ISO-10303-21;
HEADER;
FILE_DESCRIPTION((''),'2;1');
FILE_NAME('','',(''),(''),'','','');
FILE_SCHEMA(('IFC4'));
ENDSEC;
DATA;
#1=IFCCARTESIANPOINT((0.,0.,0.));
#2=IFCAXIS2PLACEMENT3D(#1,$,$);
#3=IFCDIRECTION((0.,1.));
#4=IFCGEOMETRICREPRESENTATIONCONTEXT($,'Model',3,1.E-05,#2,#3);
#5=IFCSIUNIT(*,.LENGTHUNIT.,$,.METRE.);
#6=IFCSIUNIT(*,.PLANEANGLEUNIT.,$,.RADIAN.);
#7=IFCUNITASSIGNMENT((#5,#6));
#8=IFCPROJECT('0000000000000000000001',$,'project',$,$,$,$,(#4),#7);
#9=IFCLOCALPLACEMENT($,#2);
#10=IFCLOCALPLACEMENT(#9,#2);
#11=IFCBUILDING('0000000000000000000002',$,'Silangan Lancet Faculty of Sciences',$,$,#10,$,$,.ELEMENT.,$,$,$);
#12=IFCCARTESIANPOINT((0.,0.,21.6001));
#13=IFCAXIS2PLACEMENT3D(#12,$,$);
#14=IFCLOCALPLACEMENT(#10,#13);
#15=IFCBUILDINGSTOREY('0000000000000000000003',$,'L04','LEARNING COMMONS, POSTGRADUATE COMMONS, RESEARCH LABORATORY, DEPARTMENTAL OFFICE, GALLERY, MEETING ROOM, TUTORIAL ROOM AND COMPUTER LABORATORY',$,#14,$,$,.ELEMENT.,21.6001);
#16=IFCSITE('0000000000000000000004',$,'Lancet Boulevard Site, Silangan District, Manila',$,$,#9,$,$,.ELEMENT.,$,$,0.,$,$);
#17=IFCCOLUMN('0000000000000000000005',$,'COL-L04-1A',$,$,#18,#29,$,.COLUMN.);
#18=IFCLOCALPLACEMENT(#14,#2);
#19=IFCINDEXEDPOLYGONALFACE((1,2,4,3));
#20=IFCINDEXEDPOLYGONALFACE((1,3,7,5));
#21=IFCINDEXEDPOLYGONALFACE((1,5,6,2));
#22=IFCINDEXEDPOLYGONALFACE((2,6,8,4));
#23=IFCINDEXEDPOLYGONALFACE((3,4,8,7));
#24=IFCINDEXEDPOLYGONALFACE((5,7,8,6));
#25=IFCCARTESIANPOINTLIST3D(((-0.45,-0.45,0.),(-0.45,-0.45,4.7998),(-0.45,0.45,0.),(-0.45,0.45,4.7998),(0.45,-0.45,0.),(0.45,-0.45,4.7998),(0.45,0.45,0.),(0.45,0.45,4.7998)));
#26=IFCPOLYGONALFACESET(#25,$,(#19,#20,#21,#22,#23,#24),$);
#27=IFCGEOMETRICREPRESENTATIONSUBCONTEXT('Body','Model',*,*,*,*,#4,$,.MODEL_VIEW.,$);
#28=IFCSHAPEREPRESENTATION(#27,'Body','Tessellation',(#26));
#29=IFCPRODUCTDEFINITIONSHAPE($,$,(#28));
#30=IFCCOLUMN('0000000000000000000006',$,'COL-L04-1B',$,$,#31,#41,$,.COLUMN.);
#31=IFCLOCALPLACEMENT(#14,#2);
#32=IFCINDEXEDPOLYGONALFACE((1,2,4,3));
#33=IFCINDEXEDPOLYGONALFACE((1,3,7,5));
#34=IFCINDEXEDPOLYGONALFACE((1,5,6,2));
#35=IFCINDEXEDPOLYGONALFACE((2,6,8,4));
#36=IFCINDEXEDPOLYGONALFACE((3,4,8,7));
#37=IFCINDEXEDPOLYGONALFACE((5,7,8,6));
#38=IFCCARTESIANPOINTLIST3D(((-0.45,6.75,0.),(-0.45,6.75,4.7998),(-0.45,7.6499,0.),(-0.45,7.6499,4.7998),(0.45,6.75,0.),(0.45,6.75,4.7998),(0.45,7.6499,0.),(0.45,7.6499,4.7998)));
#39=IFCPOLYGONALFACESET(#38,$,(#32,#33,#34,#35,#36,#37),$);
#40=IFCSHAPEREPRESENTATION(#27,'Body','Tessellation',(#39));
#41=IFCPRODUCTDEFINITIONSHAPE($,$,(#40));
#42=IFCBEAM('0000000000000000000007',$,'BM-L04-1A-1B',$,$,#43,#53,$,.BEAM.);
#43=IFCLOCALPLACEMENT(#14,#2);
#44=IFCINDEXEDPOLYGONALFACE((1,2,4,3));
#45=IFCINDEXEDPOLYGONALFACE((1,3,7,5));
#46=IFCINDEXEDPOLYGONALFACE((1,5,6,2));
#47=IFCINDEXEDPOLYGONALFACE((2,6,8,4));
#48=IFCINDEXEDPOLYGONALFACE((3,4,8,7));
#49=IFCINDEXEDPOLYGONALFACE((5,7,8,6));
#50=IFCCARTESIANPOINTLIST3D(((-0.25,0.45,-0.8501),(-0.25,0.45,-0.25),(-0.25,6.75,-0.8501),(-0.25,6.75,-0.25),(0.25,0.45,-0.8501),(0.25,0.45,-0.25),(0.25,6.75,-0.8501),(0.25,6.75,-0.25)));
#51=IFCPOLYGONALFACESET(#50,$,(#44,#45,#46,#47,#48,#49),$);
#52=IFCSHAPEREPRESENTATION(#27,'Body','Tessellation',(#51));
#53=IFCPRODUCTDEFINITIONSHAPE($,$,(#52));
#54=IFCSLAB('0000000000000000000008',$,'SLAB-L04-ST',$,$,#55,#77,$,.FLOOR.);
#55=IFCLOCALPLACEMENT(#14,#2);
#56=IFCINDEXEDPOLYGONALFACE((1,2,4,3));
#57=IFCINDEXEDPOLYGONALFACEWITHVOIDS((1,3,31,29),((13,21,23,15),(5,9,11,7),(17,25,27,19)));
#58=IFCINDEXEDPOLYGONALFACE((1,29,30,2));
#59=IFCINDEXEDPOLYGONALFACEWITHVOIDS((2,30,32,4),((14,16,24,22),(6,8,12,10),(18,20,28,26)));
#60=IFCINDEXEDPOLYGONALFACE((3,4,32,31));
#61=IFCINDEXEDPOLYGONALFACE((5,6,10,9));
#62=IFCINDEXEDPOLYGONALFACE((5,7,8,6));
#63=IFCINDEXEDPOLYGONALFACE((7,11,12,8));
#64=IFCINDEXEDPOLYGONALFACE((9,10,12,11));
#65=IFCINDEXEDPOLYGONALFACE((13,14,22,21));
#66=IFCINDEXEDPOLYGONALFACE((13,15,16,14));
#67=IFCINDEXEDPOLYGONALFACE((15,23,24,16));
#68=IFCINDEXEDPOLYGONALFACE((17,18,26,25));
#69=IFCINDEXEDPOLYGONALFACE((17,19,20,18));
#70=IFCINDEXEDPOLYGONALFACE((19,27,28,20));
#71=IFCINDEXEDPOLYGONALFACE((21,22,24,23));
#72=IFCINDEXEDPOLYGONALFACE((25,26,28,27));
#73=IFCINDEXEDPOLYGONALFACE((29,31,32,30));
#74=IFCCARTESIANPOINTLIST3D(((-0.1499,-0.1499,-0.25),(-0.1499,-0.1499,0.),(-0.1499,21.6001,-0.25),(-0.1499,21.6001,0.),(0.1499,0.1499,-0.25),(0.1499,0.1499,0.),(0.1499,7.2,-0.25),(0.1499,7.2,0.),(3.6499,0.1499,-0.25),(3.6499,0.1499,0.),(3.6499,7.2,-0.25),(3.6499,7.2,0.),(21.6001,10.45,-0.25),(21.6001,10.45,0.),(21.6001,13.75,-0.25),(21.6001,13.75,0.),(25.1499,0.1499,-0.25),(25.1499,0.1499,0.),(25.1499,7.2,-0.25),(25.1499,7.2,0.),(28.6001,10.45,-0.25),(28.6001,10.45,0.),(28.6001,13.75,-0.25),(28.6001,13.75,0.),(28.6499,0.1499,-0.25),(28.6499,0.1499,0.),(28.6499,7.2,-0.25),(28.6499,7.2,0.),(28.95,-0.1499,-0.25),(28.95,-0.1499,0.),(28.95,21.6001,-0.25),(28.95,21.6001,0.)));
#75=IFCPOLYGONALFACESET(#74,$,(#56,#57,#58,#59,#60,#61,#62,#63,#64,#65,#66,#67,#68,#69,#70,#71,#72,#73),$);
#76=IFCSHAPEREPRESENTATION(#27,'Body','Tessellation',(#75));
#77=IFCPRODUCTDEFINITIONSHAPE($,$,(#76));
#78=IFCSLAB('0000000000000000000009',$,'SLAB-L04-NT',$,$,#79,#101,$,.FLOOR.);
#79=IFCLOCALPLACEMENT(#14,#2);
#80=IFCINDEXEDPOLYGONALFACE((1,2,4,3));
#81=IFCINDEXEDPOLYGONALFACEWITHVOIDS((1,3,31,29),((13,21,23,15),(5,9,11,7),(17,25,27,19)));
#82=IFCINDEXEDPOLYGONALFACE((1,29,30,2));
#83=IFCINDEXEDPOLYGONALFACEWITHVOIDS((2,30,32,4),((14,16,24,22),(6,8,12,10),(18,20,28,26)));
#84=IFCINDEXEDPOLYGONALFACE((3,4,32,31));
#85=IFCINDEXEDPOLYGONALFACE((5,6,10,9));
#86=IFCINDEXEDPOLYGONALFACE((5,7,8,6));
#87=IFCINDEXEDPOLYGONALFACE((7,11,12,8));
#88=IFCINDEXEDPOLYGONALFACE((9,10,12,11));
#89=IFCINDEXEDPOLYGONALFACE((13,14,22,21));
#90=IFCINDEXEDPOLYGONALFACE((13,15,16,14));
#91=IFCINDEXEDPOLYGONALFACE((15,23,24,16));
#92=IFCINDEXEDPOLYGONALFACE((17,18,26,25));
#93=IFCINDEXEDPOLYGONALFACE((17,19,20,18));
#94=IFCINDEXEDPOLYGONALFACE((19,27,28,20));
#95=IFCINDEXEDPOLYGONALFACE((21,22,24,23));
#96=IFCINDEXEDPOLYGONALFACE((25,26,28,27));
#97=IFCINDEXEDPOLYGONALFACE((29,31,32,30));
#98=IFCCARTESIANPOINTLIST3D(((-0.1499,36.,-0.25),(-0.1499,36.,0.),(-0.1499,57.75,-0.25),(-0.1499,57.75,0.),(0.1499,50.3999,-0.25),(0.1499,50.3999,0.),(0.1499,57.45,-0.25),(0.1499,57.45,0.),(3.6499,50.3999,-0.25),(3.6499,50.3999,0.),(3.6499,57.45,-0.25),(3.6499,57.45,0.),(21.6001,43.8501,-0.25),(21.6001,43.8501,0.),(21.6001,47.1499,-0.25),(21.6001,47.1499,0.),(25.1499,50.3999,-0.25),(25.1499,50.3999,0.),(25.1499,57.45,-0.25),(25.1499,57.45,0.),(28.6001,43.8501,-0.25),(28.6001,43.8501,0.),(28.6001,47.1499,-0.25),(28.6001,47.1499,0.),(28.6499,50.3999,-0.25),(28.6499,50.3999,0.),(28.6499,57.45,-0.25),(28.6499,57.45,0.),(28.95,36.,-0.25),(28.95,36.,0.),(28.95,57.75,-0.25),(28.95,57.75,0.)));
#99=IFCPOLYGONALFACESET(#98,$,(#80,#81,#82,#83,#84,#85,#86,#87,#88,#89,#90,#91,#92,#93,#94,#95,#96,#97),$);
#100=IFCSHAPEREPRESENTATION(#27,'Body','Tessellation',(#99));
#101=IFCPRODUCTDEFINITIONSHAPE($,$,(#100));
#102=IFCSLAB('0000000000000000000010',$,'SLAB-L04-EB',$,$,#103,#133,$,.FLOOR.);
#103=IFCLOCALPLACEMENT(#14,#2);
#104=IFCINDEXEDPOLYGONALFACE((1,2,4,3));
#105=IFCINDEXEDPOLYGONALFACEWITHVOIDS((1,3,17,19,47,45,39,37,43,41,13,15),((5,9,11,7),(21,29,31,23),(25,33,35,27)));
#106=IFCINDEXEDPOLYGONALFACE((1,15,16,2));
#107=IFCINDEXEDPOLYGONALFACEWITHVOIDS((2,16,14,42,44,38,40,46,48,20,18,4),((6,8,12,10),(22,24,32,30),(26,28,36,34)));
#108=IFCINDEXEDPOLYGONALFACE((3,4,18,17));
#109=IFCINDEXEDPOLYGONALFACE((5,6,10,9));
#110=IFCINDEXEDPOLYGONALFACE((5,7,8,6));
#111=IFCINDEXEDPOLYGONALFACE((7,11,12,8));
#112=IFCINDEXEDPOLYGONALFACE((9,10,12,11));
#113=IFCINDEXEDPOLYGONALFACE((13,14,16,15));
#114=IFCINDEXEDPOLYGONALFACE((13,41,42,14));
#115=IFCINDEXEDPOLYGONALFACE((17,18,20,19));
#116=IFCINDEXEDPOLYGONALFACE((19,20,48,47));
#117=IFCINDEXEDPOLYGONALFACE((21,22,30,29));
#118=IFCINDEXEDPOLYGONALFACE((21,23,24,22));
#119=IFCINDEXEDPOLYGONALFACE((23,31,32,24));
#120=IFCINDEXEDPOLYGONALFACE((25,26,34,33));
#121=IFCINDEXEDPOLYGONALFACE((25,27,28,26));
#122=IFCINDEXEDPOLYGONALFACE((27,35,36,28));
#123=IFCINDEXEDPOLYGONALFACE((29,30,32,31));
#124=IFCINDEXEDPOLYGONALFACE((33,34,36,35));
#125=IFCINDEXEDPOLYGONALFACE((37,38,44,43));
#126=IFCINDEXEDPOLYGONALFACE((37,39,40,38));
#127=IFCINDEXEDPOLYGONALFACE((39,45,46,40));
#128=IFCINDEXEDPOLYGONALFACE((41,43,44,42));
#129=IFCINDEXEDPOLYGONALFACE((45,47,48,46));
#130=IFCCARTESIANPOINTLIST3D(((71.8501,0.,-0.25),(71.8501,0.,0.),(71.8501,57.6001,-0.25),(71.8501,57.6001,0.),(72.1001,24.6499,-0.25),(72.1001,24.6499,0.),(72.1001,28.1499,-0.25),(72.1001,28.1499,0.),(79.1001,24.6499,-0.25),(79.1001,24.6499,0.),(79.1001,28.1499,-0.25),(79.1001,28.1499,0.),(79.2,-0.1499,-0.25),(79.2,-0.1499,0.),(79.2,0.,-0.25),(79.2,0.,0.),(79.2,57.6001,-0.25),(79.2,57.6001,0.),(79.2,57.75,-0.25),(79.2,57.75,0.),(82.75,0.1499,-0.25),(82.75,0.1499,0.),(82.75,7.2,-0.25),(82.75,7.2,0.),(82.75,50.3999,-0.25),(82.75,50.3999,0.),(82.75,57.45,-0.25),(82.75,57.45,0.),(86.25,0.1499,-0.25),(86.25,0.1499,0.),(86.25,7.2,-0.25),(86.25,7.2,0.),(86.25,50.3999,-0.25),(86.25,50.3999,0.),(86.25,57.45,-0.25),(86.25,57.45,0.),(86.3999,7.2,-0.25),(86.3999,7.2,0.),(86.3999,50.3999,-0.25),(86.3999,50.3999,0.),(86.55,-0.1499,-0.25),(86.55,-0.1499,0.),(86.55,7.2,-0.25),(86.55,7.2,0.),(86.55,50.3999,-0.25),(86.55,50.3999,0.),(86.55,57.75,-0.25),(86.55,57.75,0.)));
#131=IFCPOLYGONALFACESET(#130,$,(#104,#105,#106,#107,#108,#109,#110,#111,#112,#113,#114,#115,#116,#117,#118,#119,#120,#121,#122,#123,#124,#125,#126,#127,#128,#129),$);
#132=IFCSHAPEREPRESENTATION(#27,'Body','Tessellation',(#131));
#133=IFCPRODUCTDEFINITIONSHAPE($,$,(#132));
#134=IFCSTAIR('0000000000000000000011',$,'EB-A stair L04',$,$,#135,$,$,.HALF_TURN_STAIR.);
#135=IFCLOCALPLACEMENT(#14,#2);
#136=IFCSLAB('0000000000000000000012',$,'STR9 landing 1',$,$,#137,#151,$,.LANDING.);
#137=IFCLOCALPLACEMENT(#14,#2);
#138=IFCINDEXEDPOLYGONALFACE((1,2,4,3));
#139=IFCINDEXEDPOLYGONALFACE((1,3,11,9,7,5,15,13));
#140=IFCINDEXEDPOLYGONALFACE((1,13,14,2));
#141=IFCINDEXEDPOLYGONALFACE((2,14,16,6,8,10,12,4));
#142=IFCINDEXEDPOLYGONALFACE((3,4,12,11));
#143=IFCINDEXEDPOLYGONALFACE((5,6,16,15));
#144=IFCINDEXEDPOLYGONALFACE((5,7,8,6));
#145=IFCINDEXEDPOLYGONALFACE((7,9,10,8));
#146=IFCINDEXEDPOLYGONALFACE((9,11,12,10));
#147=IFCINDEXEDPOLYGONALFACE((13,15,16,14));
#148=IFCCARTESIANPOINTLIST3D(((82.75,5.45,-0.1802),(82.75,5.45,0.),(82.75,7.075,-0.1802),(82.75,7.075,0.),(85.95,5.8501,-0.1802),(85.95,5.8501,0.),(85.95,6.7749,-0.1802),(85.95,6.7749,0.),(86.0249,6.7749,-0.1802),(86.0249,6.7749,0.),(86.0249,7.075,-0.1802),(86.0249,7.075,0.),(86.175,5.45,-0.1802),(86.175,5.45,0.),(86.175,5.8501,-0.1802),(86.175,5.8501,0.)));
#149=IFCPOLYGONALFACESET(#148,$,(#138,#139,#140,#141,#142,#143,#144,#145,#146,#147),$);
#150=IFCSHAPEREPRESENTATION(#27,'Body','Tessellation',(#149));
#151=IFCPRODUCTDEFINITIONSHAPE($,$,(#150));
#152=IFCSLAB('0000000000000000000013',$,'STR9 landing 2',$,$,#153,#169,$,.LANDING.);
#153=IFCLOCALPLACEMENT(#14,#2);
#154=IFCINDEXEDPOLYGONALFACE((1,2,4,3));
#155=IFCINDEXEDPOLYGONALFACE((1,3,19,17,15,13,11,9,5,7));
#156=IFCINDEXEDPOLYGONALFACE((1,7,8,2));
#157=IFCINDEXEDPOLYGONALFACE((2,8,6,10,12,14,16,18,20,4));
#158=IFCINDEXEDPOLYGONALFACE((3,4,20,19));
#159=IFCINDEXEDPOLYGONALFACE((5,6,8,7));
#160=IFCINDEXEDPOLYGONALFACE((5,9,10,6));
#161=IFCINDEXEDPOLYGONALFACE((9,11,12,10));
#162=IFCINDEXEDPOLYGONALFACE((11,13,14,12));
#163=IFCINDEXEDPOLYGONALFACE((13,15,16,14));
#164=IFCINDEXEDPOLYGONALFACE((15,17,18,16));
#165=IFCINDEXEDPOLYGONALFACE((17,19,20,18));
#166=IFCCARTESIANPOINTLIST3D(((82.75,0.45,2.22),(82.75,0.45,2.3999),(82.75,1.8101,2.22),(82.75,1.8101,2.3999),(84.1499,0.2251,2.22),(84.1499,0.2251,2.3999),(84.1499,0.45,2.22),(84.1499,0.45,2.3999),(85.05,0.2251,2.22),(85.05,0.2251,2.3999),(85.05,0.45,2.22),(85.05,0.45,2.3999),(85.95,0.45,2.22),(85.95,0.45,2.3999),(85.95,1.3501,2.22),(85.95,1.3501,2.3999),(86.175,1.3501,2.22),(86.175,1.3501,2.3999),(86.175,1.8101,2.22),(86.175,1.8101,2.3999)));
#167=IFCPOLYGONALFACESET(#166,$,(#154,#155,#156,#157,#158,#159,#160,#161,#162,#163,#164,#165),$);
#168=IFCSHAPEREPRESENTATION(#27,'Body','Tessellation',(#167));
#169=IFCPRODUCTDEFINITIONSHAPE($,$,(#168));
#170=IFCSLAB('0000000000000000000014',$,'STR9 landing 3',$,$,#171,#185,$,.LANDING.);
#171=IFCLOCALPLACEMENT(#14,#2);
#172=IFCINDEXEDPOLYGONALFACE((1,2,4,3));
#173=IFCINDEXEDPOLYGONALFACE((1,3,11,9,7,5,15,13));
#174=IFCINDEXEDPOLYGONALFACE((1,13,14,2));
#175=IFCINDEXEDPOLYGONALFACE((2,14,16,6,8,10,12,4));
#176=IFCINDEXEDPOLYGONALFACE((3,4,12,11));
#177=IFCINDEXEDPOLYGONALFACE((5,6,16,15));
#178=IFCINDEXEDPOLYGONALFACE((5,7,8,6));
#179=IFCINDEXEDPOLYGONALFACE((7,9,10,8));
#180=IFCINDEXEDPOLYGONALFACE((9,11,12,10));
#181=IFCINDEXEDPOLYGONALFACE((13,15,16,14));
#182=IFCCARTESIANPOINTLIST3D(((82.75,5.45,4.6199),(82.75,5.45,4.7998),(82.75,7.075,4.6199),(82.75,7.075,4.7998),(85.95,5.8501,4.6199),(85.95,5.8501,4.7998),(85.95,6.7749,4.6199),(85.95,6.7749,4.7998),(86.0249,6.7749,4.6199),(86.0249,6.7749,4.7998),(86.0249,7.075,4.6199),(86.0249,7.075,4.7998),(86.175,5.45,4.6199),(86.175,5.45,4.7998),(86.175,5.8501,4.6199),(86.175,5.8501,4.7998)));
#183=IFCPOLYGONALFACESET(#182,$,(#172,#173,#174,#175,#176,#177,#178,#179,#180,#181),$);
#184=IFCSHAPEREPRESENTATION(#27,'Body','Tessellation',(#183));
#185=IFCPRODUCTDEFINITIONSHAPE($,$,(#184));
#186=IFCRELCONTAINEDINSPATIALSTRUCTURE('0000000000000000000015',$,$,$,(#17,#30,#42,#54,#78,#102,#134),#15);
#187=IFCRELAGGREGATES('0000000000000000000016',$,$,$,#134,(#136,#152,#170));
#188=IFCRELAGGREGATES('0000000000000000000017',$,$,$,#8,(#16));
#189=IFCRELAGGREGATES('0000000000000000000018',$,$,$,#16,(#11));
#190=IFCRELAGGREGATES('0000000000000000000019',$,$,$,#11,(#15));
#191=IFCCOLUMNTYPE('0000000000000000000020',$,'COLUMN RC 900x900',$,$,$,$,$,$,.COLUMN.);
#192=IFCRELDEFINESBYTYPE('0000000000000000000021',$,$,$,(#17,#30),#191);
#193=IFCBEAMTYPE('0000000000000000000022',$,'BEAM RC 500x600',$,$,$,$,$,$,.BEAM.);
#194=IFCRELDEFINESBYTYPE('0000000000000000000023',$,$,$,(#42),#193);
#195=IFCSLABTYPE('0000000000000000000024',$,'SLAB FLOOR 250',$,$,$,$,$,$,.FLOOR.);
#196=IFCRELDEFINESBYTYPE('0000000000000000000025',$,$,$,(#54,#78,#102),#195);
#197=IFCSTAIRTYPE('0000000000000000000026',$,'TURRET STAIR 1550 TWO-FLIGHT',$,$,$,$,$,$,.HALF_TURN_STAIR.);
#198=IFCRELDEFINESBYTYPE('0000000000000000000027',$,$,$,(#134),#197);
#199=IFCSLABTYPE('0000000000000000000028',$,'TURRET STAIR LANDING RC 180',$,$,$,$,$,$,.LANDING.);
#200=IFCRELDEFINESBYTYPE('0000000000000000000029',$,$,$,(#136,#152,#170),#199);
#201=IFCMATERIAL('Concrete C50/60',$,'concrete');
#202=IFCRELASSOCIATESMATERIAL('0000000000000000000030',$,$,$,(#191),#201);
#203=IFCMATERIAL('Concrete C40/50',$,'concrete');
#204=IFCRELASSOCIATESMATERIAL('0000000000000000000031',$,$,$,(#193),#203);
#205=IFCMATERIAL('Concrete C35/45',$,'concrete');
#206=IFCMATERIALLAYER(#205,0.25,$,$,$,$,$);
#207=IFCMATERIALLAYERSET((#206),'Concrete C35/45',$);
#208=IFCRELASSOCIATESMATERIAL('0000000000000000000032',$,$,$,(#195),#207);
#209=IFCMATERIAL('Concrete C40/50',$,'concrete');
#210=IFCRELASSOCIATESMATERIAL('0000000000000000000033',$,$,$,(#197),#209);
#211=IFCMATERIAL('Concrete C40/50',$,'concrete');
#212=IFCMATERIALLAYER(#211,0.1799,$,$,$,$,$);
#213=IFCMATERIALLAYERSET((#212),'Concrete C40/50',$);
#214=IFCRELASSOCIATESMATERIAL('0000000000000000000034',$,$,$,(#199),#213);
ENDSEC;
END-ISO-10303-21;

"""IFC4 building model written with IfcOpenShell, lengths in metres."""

from ifc_helpers import new_model, si_unit, direction, frame, origin, origin_2d, place, context, subcontext, project, spatial, polyline, rectangle, outline, extrude, material, layer, layer_set, material_profile, profile_set, type_object, element, aggregate, save


model = new_model("IFC4")

# Units and contexts
model_context = context("Model", 3, precision=1e-05, world=origin(), true_north=direction((0.0, 1.0)))
body_context = subcontext(model_context, "Body", "Model", "MODEL_VIEW")
ifc_project = project(units=[si_unit("LENGTHUNIT", "METRE"), si_unit("PLANEANGLEUNIT", "RADIAN")], contexts=[model_context])

# Site, building, storey
site_placement = place(None, origin())
site = spatial("IfcSite", under=ifc_project, at=site_placement, Name="Lancet Boulevard Site, Silangan District, Manila", CompositionType="ELEMENT", RefElevation=0.0)
building_placement = place(site_placement, origin())
building = spatial("IfcBuilding", under=site, at=building_placement, Name="Silangan Lancet Faculty of Sciences", CompositionType="ELEMENT")
storey_placement = place(building_placement, frame((0.0, 0.0, 21.6001)))
storey = spatial("IfcBuildingStorey", under=building, at=storey_placement, Name="L04", Description="LEARNING COMMONS, POSTGRADUATE COMMONS, RESEARCH LABORATORY, DEPARTMENTAL OFFICE, GALLERY, MEETING ROOM, TUTORIAL ROOM AND COMPUTER LABORATORY", CompositionType="ELEMENT", Elevation=21.6001)

# Columns
ifc_material_1 = material(Name="Concrete C50/60", Category="concrete")
ifc_material_profile_1 = material_profile(ifc_material_1, rectangle(XDim=0.8999, YDim=0.8999, at=origin_2d()), Name="RC 900x900")
ifc_profile_set_1 = profile_set([ifc_material_profile_1], Name="Concrete C50/60")
column_type = type_object("IfcColumnType", Name="COLUMN RC 900x900", PredefinedType="COLUMN", material=ifc_profile_set_1)
for number, where, z_axis, x_axis, name in (
    (1, (0.0, 0.0, 0.0), (0.0, 0.0, 1.0), (1.0, 0.0, 0.0), "COL-L04-1A"),
    (2, (0.0, 7.2, 0.0), (0.0, 0.0, 1.0), (1.0, 0.0, 0.0), "COL-L04-1B"),
):
    element("IfcColumn", number, at=place(storey_placement, frame(where, z_axis=z_axis, x_axis=x_axis)), inside=storey, type_object=column_type, Name=name, PredefinedType="COLUMN", context=body_context, shape_type="SweptSolid", body=[
        extrude(rectangle(XDim=0.8999, YDim=0.8999, at=origin_2d()), origin(), (0.0, 0.0, 1.0), 4.7998),
    ])

# Beam
ifc_material_2 = material(Name="Concrete C40/50", Category="concrete")
ifc_material_profile_2 = material_profile(ifc_material_2, rectangle(XDim=0.5, YDim=0.6001, at=origin_2d()), Name="RC 500x600")
ifc_profile_set_2 = profile_set([ifc_material_profile_2], Name="Concrete C40/50")
beam_type = type_object("IfcBeamType", Name="BEAM RC 500x600", PredefinedType="BEAM", material=ifc_profile_set_2)
beam_placement = place(storey_placement, frame((0.0, 0.45, -0.55), z_axis=(0.0, 1.0, 0.0), x_axis=(-1.0, 0.0, 0.0)))
element("IfcBeam", 3, at=beam_placement, inside=storey, type_object=beam_type, Name="BM-L04-1A-1B", PredefinedType="BEAM", context=body_context, shape_type="SweptSolid", body=[
    extrude(rectangle(XDim=0.5, YDim=0.6001, at=origin_2d()), origin(), (0.0, 0.0, 1.0), 6.3),
])

# Slabs
ifc_material_3 = material(Name="Concrete C35/45", Category="concrete")
ifc_layer_1 = layer(ifc_material_3, 0.25)
ifc_layer_set_1 = layer_set([ifc_layer_1], Name="Concrete C35/45")
slab_type_1 = type_object("IfcSlabType", Name="SLAB FLOOR 250", PredefinedType="FLOOR", material=ifc_layer_set_1)
slab_1_placement = place(storey_placement, frame((0.0, 0.0, -0.25)))
element("IfcSlab", 4, at=slab_1_placement, inside=storey, type_object=slab_type_1, Name="SLAB-L04-ST", PredefinedType="FLOOR", context=body_context, shape_type="SweptSolid", body=[
    extrude(outline(polyline([(-0.1499, 21.6001), (-0.1499, -0.1499), (28.95, -0.1499), (28.95, 21.6001), (-0.1499, 21.6001)]), holes=[polyline([(0.1499, 7.2), (3.6499, 7.2), (3.6499, 0.1499), (0.1499, 0.1499), (0.1499, 7.2)]), polyline([(25.1499, 0.1499), (25.1499, 7.2), (28.6499, 7.2), (28.6499, 0.1499), (25.1499, 0.1499)]), polyline([(21.6001, 13.75), (28.6001, 13.75), (28.6001, 10.45), (21.6001, 10.45), (21.6001, 13.75)])]), origin(), (0.0, 0.0, 1.0), 0.25),
])
slab_2_placement = place(storey_placement, frame((0.0, 0.0, -0.25)))
element("IfcSlab", 5, at=slab_2_placement, inside=storey, type_object=slab_type_1, Name="SLAB-L04-NT", PredefinedType="FLOOR", context=body_context, shape_type="SweptSolid", body=[
    extrude(outline(polyline([(-0.1499, 36.0), (28.95, 36.0), (28.95, 57.75), (-0.1499, 57.75), (-0.1499, 36.0)]), holes=[polyline([(21.6001, 43.8501), (21.6001, 47.1499), (28.6001, 47.1499), (28.6001, 43.8501), (21.6001, 43.8501)]), polyline([(0.1499, 50.3999), (0.1499, 57.45), (3.6499, 57.45), (3.6499, 50.3999), (0.1499, 50.3999)]), polyline([(25.1499, 57.45), (28.6499, 57.45), (28.6499, 50.3999), (25.1499, 50.3999), (25.1499, 57.45)])]), origin(), (0.0, 0.0, 1.0), 0.25),
])
slab_3_placement = place(storey_placement, frame((0.0, 0.0, -0.25)))
element("IfcSlab", 6, at=slab_3_placement, inside=storey, type_object=slab_type_1, Name="SLAB-L04-EB", PredefinedType="FLOOR", context=body_context, shape_type="SweptSolid", body=[
    extrude(outline(polyline([(86.55, 7.2), (86.3999, 7.2), (86.3999, 50.3999), (86.55, 50.3999), (86.55, 57.75), (79.2, 57.75), (79.2, 57.6001), (71.8501, 57.6001), (71.8501, 0.0), (79.2, 0.0), (79.2, -0.1499), (86.55, -0.1499), (86.55, 7.2)]), holes=[polyline([(82.75, 7.2), (86.25, 7.2), (86.25, 0.1499), (82.75, 0.1499), (82.75, 7.2)]), polyline([(79.1001, 28.1499), (79.1001, 24.6499), (72.1001, 24.6499), (72.1001, 28.1499), (79.1001, 28.1499)]), polyline([(82.75, 57.45), (86.25, 57.45), (86.25, 50.3999), (82.75, 50.3999), (82.75, 57.45)])]), origin(), (0.0, 0.0, 1.0), 0.25),
])

# Stair, slabs
ifc_material_4 = material(Name="Concrete C40/50", Category="concrete")
stair_type = type_object("IfcStairType", Name="TURRET STAIR 1550 TWO-FLIGHT", PredefinedType="HALF_TURN_STAIR", material=ifc_material_4)
stair_1_placement = place(storey_placement, origin())
stair_1 = element("IfcStair", 7, at=stair_1_placement, inside=storey, type_object=stair_type, Name="EB-A stair L04", PredefinedType="HALF_TURN_STAIR")
ifc_material_5 = material(Name="Concrete C40/50", Category="concrete")
ifc_layer_2 = layer(ifc_material_5, 0.1799)
ifc_layer_set_2 = layer_set([ifc_layer_2], Name="Concrete C40/50")
slab_type_2 = type_object("IfcSlabType", Name="TURRET STAIR LANDING RC 180", PredefinedType="LANDING", material=ifc_layer_set_2)
slab_4_placement = place(storey_placement, frame((0.0, 0.0, -0.1802)))
slab_4 = element("IfcSlab", 8, at=slab_4_placement, type_object=slab_type_2, Name="STR9 landing 1", PredefinedType="LANDING", context=body_context, shape_type="SweptSolid", body=[
    extrude(outline(polyline([(85.95, 5.8501), (86.175, 5.8501), (86.175, 5.45), (82.75, 5.45), (82.75, 7.075), (86.0249, 7.075), (86.0249, 6.7749), (85.95, 6.7749), (85.95, 5.8501)])), origin(), (0.0, 0.0, 1.0), 0.1802),
])
slab_5_placement = place(storey_placement, frame((0.0, 0.0, 2.22)))
slab_5 = element("IfcSlab", 9, at=slab_5_placement, type_object=slab_type_2, Name="STR9 landing 2", PredefinedType="LANDING", context=body_context, shape_type="SweptSolid", body=[
    extrude(outline(polyline([(85.95, 0.45), (85.05, 0.45), (85.05, 0.2251), (84.1499, 0.2251), (84.1499, 0.45), (82.75, 0.45), (82.75, 1.8101), (86.175, 1.8101), (86.175, 1.3501), (85.95, 1.3501), (85.95, 0.45)])), origin(), (0.0, 0.0, 1.0), 0.1799),
])
slab_6_placement = place(storey_placement, frame((0.0, 0.0, 4.6199)))
slab_6 = element("IfcSlab", 10, at=slab_6_placement, type_object=slab_type_2, Name="STR9 landing 3", PredefinedType="LANDING", context=body_context, shape_type="SweptSolid", body=[
    extrude(outline(polyline([(85.95, 5.8501), (86.175, 5.8501), (86.175, 5.45), (82.75, 5.45), (82.75, 7.075), (86.0249, 7.075), (86.0249, 6.7749), (85.95, 6.7749), (85.95, 5.8501)])), origin(), (0.0, 0.0, 1.0), 0.1799),
])
aggregate(stair_1, [slab_4, slab_5, slab_6])

save(model, "model.ifc")
